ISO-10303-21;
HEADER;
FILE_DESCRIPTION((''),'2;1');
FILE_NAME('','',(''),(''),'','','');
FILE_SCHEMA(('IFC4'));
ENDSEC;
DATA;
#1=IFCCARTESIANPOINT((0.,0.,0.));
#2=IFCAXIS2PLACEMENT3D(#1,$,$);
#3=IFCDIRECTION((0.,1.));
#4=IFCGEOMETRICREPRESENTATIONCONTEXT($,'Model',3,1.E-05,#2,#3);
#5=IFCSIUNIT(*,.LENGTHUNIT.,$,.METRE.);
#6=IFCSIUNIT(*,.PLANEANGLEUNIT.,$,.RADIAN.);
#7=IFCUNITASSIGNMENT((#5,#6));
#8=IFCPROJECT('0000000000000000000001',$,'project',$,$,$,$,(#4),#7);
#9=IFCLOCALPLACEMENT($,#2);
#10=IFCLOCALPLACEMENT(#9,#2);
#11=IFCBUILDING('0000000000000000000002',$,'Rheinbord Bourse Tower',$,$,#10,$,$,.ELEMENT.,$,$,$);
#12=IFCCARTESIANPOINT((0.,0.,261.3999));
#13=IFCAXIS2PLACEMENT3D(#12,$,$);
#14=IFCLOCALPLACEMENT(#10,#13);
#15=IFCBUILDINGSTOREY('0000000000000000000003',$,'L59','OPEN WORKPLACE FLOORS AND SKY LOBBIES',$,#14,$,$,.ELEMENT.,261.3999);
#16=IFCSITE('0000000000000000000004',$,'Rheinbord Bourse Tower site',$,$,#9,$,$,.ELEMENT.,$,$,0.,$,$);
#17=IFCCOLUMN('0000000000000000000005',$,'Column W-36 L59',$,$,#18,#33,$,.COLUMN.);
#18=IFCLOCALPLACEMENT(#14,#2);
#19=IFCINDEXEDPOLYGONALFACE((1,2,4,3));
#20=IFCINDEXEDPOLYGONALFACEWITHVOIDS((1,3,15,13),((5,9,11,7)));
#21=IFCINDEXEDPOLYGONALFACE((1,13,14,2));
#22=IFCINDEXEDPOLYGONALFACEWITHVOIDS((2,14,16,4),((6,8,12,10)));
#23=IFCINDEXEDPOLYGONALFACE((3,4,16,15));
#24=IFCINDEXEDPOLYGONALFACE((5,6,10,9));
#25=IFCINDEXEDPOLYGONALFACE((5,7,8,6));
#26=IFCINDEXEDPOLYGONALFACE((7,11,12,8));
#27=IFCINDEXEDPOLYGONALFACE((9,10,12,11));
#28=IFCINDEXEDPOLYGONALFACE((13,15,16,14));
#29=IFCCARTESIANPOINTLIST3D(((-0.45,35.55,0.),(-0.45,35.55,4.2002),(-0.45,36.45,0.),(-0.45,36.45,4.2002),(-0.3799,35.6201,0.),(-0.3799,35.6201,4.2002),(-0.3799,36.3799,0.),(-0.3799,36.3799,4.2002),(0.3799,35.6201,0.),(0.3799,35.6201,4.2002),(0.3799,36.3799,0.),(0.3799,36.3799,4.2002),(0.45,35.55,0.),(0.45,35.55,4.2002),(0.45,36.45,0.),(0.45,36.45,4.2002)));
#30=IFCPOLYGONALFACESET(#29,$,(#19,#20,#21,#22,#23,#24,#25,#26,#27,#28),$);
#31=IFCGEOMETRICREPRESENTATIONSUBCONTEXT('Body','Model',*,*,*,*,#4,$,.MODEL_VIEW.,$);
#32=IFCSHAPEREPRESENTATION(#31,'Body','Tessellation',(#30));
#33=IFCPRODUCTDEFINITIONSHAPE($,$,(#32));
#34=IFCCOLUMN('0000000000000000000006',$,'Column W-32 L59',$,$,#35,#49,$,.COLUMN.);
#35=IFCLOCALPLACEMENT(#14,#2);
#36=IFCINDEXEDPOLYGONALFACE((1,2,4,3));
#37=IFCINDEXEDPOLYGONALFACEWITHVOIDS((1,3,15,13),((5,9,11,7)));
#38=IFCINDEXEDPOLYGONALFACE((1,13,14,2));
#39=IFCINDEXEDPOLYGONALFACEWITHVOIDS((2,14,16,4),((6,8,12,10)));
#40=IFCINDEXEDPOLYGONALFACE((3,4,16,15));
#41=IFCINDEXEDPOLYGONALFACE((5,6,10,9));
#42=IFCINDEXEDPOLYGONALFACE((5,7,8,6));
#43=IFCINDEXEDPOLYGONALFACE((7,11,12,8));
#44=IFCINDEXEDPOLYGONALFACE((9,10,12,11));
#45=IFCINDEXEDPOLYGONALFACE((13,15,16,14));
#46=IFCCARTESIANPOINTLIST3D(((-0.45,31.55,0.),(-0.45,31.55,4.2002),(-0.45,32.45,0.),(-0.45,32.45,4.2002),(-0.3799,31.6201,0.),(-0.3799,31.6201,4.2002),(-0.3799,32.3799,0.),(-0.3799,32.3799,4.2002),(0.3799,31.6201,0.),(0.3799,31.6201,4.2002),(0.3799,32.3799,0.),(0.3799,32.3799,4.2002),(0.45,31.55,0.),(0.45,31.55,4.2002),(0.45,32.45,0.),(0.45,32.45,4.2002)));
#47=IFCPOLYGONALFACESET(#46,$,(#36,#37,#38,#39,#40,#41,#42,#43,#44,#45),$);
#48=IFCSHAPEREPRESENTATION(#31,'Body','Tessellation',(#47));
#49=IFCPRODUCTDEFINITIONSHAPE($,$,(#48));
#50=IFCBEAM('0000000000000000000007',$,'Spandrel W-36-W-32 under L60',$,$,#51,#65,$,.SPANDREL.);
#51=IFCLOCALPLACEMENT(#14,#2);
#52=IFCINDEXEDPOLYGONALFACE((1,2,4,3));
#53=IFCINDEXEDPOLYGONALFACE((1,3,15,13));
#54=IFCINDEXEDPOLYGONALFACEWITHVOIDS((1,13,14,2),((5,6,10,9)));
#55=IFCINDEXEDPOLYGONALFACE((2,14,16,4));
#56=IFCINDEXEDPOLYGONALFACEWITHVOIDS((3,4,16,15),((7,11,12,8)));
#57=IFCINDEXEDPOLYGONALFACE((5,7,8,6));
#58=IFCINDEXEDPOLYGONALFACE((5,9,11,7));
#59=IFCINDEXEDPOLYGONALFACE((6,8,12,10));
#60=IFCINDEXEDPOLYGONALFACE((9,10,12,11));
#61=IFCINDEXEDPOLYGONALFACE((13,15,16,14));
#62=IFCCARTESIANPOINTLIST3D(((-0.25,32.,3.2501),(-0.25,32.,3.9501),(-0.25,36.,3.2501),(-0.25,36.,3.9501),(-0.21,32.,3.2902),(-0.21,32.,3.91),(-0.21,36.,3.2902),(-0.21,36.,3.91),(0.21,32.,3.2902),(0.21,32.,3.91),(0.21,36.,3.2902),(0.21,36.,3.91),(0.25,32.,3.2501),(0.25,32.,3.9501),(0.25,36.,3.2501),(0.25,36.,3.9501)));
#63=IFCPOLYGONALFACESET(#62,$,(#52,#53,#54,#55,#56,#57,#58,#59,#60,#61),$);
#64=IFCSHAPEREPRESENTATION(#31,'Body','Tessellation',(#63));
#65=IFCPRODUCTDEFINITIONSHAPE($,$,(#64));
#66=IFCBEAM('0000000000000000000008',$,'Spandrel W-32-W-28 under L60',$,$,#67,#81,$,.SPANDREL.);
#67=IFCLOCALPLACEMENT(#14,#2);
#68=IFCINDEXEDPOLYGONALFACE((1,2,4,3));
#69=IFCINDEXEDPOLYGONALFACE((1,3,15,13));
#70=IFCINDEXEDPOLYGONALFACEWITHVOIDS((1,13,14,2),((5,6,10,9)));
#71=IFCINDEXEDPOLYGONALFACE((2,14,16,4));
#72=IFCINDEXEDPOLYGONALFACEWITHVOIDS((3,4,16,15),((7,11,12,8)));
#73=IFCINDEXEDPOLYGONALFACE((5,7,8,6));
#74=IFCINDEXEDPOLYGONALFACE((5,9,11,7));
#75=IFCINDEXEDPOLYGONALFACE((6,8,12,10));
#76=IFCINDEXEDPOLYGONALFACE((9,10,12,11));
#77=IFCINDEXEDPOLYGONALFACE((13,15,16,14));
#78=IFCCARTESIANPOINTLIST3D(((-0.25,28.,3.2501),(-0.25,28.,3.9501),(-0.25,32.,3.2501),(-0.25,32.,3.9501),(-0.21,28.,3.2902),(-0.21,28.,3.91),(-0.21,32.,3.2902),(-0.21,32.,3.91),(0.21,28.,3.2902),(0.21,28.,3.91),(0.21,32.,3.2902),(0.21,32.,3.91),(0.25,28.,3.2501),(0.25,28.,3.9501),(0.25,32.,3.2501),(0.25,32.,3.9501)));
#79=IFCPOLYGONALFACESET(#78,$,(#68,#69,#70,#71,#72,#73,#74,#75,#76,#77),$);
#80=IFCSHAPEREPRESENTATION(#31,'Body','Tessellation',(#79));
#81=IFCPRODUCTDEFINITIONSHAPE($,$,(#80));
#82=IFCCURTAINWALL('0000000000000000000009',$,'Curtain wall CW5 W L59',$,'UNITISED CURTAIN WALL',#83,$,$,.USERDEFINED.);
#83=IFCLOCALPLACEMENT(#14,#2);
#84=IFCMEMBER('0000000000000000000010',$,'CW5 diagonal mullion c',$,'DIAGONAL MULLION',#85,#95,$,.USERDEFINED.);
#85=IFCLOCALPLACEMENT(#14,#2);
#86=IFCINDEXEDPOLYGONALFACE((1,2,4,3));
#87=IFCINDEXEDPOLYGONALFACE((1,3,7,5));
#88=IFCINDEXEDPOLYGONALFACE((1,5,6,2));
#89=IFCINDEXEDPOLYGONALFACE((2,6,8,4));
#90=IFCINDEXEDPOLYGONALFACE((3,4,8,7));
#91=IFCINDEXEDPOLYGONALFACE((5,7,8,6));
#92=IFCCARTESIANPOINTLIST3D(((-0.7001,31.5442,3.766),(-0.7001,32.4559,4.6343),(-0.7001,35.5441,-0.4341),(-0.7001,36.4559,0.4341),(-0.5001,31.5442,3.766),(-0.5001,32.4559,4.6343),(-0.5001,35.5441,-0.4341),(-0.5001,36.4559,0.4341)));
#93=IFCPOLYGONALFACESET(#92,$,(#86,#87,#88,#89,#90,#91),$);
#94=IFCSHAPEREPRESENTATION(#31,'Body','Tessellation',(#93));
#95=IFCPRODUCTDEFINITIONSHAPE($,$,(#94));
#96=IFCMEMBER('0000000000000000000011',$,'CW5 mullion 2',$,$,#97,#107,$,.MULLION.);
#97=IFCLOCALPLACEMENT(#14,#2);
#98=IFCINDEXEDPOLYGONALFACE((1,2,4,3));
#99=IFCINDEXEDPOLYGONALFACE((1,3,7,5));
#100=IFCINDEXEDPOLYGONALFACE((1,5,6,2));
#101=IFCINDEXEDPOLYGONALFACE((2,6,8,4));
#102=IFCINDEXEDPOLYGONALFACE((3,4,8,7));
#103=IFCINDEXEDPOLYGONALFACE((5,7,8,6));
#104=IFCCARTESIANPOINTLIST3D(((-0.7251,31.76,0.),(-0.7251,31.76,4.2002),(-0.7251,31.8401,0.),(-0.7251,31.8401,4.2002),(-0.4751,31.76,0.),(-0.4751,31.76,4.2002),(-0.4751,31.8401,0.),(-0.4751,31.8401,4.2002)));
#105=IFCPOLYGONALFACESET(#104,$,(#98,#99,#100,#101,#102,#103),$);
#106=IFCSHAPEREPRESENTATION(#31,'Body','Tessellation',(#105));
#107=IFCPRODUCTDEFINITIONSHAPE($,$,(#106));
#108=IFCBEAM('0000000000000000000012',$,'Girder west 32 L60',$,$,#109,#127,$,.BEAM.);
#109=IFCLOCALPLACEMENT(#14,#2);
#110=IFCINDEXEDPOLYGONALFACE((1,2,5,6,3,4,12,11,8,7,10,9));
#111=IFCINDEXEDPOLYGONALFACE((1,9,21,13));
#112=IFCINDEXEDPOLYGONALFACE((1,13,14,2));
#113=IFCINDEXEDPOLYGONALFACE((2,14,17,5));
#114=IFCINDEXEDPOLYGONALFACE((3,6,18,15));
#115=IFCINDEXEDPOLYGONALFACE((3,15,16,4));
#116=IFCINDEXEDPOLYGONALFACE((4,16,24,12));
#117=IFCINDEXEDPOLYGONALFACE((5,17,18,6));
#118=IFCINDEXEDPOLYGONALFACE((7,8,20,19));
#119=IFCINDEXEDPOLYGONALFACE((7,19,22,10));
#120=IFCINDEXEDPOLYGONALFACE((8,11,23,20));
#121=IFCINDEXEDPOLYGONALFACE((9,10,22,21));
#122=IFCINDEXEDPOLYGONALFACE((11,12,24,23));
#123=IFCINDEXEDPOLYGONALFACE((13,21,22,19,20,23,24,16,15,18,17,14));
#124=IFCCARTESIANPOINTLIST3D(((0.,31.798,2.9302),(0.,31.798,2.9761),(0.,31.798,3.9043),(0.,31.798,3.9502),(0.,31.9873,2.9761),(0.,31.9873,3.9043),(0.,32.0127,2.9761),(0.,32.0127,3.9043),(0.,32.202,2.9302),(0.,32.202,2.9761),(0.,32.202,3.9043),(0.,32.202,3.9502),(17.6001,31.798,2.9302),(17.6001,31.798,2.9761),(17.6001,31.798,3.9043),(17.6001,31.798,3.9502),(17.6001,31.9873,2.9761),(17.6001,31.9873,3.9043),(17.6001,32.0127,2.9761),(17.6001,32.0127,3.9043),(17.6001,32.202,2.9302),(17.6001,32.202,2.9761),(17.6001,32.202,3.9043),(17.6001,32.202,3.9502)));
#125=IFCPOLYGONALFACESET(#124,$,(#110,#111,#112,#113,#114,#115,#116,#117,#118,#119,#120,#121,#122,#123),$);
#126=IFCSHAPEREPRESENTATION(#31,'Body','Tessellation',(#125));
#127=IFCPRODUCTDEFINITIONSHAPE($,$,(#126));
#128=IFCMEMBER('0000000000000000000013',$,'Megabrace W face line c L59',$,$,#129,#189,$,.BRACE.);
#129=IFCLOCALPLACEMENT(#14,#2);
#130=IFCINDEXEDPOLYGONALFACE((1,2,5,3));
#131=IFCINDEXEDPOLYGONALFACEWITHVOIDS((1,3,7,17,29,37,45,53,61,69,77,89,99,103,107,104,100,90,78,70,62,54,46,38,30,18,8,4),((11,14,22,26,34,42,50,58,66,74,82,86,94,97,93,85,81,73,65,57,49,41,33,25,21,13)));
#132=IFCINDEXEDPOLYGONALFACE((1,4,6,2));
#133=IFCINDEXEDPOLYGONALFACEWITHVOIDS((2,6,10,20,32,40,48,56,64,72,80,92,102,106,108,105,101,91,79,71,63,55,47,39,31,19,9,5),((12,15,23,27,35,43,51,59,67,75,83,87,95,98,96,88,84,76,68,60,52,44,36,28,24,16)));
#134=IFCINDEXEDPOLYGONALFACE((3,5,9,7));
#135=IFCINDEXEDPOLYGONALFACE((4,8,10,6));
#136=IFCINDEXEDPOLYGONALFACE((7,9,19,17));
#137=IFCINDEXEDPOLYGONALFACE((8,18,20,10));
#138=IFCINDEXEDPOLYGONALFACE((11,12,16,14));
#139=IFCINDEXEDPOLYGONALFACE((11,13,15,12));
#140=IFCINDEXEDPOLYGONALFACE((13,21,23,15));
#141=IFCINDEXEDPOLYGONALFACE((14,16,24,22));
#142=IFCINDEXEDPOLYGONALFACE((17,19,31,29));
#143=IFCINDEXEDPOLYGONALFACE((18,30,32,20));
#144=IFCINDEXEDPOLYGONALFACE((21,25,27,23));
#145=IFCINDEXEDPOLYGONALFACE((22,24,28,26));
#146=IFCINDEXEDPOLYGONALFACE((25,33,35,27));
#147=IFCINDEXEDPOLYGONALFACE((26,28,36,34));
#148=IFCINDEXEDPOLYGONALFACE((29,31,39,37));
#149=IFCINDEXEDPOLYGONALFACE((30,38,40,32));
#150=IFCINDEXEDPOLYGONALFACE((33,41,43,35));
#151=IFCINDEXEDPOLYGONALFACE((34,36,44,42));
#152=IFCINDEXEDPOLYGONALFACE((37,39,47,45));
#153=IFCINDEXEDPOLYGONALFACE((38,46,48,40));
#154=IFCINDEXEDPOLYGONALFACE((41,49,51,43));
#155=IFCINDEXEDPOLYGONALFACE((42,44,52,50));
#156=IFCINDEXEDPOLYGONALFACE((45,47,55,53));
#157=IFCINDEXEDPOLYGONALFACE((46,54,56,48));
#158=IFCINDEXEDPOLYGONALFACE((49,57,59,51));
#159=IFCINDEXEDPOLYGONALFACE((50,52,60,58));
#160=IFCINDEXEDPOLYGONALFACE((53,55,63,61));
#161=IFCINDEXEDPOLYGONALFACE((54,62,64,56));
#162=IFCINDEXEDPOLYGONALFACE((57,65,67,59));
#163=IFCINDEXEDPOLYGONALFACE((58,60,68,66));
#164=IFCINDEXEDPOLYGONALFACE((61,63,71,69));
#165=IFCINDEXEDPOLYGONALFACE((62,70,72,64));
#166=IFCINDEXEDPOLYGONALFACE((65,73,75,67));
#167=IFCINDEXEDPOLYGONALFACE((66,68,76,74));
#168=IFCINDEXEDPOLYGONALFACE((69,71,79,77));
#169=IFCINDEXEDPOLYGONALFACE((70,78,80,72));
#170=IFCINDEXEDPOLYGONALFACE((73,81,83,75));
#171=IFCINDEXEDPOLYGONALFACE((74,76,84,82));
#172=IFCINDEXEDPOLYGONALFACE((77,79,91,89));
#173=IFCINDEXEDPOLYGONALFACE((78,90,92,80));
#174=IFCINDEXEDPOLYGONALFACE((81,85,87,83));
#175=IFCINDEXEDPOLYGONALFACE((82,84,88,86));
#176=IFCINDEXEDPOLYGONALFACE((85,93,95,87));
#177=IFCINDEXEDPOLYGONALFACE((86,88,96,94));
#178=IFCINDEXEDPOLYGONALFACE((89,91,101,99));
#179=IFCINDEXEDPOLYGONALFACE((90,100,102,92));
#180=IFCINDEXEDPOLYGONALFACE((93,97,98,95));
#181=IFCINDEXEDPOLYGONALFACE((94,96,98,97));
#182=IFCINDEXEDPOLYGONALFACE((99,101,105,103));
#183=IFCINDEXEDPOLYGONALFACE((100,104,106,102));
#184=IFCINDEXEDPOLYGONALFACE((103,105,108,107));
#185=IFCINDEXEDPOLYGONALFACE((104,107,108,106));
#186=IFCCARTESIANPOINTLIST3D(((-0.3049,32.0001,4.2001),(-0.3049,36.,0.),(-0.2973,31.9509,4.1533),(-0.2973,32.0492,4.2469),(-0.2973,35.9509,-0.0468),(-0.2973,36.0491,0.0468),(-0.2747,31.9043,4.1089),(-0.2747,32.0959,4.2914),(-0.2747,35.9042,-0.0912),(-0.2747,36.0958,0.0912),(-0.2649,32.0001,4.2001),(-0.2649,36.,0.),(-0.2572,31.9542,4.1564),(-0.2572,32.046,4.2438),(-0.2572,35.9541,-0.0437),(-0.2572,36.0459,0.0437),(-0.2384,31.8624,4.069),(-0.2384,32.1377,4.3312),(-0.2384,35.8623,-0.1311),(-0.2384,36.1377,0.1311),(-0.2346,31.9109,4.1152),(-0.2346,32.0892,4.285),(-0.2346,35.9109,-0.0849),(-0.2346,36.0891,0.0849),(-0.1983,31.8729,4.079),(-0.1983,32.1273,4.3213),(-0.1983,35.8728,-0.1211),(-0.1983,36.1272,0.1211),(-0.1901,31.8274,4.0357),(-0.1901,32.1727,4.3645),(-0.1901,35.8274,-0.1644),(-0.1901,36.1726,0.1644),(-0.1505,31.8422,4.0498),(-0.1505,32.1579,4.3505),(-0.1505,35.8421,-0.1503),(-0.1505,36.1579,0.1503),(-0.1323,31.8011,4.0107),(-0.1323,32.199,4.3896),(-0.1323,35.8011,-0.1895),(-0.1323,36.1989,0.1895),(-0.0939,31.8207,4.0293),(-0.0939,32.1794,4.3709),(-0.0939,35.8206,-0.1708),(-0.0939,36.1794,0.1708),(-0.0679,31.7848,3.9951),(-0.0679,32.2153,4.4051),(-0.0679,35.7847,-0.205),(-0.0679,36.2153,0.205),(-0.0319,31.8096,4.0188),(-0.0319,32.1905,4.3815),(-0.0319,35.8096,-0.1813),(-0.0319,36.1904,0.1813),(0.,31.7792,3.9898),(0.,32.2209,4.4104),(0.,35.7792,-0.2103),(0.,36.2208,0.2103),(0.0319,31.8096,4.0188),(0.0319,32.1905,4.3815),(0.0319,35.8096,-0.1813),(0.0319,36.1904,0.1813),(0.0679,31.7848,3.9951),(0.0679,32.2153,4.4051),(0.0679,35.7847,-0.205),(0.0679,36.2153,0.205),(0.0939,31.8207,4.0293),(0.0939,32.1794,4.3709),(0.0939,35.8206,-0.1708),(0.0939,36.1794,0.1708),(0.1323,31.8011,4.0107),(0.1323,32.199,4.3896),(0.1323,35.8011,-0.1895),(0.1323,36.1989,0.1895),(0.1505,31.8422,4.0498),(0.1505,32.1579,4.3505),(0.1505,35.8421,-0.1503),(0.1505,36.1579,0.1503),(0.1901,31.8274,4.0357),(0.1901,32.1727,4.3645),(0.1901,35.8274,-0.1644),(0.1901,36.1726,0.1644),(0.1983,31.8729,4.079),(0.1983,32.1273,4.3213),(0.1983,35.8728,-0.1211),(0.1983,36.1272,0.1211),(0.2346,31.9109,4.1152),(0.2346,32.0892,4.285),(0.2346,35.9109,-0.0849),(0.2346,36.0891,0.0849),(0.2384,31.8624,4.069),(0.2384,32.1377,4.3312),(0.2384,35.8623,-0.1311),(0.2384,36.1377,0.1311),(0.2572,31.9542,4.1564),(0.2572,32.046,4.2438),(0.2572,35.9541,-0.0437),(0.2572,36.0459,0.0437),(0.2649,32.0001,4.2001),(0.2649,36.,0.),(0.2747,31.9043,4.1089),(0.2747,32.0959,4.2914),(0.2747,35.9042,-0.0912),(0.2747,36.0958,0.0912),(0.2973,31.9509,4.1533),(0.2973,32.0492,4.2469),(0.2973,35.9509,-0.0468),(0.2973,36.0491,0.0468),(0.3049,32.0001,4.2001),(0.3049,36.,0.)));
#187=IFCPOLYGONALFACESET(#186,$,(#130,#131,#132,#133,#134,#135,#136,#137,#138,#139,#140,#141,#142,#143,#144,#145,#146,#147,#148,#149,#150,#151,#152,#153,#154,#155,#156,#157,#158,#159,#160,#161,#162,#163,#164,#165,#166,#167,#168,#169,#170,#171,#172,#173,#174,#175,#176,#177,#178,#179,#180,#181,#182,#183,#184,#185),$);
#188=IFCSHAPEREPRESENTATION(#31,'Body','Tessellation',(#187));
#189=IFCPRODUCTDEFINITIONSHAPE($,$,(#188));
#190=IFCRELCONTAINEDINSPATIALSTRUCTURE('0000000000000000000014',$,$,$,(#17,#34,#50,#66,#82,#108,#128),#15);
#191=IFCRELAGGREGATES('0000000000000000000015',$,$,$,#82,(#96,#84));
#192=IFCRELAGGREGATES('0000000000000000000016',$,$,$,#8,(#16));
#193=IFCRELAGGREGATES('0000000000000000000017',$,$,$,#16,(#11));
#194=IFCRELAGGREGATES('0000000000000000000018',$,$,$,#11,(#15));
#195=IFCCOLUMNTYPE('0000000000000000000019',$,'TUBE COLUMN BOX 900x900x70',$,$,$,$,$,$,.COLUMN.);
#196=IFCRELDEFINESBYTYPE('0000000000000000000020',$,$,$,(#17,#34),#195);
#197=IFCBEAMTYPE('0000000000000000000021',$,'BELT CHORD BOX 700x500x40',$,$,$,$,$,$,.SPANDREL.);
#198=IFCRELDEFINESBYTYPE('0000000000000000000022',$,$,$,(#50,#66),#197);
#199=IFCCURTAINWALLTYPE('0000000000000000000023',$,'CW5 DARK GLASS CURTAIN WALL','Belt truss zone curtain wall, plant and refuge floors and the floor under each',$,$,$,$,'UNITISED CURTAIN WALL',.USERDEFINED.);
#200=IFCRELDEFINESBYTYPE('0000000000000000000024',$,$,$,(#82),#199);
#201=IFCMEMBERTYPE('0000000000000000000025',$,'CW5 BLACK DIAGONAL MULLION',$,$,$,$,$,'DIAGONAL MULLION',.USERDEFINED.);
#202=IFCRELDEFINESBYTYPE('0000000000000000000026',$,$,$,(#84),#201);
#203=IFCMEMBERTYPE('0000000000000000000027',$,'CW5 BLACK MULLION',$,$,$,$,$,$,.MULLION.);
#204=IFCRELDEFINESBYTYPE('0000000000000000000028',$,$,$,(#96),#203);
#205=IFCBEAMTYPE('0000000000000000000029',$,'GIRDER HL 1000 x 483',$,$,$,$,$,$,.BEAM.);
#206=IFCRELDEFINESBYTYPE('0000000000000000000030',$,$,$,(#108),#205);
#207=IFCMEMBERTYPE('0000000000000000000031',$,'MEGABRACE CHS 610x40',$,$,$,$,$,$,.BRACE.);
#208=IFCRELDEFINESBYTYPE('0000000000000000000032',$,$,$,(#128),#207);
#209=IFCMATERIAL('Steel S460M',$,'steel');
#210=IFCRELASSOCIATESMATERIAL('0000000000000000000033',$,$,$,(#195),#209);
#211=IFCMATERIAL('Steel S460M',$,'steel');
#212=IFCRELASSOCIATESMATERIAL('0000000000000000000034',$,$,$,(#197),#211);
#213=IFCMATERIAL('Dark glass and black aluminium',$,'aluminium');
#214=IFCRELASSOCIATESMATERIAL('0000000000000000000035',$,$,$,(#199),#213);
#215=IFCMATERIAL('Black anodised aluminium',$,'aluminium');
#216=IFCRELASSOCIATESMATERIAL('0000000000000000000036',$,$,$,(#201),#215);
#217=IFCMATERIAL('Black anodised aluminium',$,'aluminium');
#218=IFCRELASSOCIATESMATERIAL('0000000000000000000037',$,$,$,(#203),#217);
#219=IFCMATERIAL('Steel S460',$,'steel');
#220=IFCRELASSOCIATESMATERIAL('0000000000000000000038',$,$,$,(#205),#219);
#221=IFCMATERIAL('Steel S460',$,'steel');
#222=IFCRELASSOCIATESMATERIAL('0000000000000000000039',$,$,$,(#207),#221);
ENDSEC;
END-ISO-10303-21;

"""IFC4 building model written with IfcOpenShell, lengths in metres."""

from ifc_helpers import new_model, si_unit, direction, frame, origin, origin_2d, place, context, subcontext, project, spatial, rectangle, hollow_rectangle, hollow_circle, i_section, extrude, material, material_profile, profile_set, type_object, element, aggregate, save


model = new_model("IFC4")

# Units and contexts
model_context = context("Model", 3, precision=1e-05, world=origin(), true_north=direction((0.0, 1.0)))
body_context = subcontext(model_context, "Body", "Model", "MODEL_VIEW")
ifc_project = project(units=[si_unit("LENGTHUNIT", "METRE"), si_unit("PLANEANGLEUNIT", "RADIAN")], contexts=[model_context])

# Site, building, storey
site_placement = place(None, origin())
site = spatial("IfcSite", under=ifc_project, at=site_placement, Name="Rheinbord Bourse Tower site", CompositionType="ELEMENT", RefElevation=0.0)
building_placement = place(site_placement, origin())
building = spatial("IfcBuilding", under=site, at=building_placement, Name="Rheinbord Bourse Tower", CompositionType="ELEMENT")
storey_placement = place(building_placement, frame((0.0, 0.0, 261.3999)))
storey = spatial("IfcBuildingStorey", under=building, at=storey_placement, Name="L59", Description="OPEN WORKPLACE FLOORS AND SKY LOBBIES", CompositionType="ELEMENT", Elevation=261.3999)

# Columns
ifc_material_1 = material(Name="Steel S460M", Category="steel")
ifc_material_profile_1 = material_profile(ifc_material_1, hollow_rectangle(XDim=0.8999, YDim=0.8999, WallThickness=0.0701, at=origin_2d()), Name="BOX 900x900x70")
ifc_profile_set_1 = profile_set([ifc_material_profile_1], Name="Steel S460M")
column_type = type_object("IfcColumnType", Name="TUBE COLUMN BOX 900x900x70", PredefinedType="COLUMN", material=ifc_profile_set_1)
for number, where, z_axis, x_axis, name in (
    (1, (0.0, 36.0, 0.0), (0.0, 0.0, 1.0), (1.0, 0.0, 0.0), "Column W-36 L59"),
    (2, (0.0, 32.0, 0.0), (0.0, 0.0, 1.0), (1.0, 0.0, 0.0), "Column W-32 L59"),
):
    element("IfcColumn", number, at=place(storey_placement, frame(where, z_axis=z_axis, x_axis=x_axis)), inside=storey, type_object=column_type, Name=name, PredefinedType="COLUMN", context=body_context, shape_type="SweptSolid", body=[
        extrude(hollow_rectangle(XDim=0.8999, YDim=0.8999, WallThickness=0.0701, at=origin_2d()), origin(), (0.0, 0.0, 1.0), 4.2002),
    ])

# Beams
ifc_material_2 = material(Name="Steel S460M", Category="steel")
ifc_material_profile_2 = material_profile(ifc_material_2, hollow_rectangle(XDim=0.5, YDim=0.7, WallThickness=0.04, at=origin_2d()), Name="BOX 700x500x40")
ifc_profile_set_2 = profile_set([ifc_material_profile_2], Name="Steel S460M")
beam_type_1 = type_object("IfcBeamType", Name="BELT CHORD BOX 700x500x40", PredefinedType="SPANDREL", material=ifc_profile_set_2)
for number, where, z_axis, x_axis, name in (
    (3, (0.0, 36.0, 3.6001), (0.0, -1.0, 0.0), (1.0, 0.0, 0.0), "Spandrel W-36-W-32 under L60"),
    (4, (0.0, 32.0, 3.6001), (0.0, -1.0, 0.0), (1.0, 0.0, 0.0), "Spandrel W-32-W-28 under L60"),
):
    element("IfcBeam", number, at=place(storey_placement, frame(where, z_axis=z_axis, x_axis=x_axis)), inside=storey, type_object=beam_type_1, Name=name, PredefinedType="SPANDREL", context=body_context, shape_type="SweptSolid", body=[
        extrude(hollow_rectangle(XDim=0.5, YDim=0.7, WallThickness=0.04, at=origin_2d()), origin(), (0.0, 0.0, 1.0), 4.0),
    ])

# Curtain wall, members
ifc_material_3 = material(Name="Dark glass and black aluminium", Category="aluminium")
curtain_wall_type = type_object("IfcCurtainWallType", Name="CW5 DARK GLASS CURTAIN WALL", Description="Belt truss zone curtain wall, plant and refuge floors and the floor under each", ElementType="UNITISED CURTAIN WALL", PredefinedType="USERDEFINED", material=ifc_material_3)
curtain_wall_placement = place(storey_placement, origin())
curtain_wall = element("IfcCurtainWall", 5, at=curtain_wall_placement, inside=storey, type_object=curtain_wall_type, Name="Curtain wall CW5 W L59", ObjectType="UNITISED CURTAIN WALL", PredefinedType="USERDEFINED")
ifc_material_4 = material(Name="Black anodised aluminium", Category="aluminium")
ifc_material_profile_3 = material_profile(ifc_material_4, rectangle(XDim=0.2, YDim=1.259, at=origin_2d()), Name="CW5 DIAGONAL MULLION 1259x200")
ifc_profile_set_3 = profile_set([ifc_material_profile_3], Name="Black anodised aluminium")
member_type_1 = type_object("IfcMemberType", Name="CW5 BLACK DIAGONAL MULLION", ElementType="DIAGONAL MULLION", PredefinedType="USERDEFINED", material=ifc_profile_set_3)
member_1_placement = place(storey_placement, frame((-0.6001, 36.0, 0.0), z_axis=(0.0, -0.689638, 0.724154), x_axis=(1.0, 0.0, 0.0)))
member_1 = element("IfcMember", 6, at=member_1_placement, type_object=member_type_1, Name="CW5 diagonal mullion c", ObjectType="DIAGONAL MULLION", PredefinedType="USERDEFINED", context=body_context, shape_type="SweptSolid", body=[
    extrude(rectangle(XDim=0.2, YDim=1.259, at=origin_2d()), origin(), (0.0, 0.0, 1.0), 5.8),
])
ifc_material_5 = material(Name="Black anodised aluminium", Category="aluminium")
ifc_material_profile_4 = material_profile(ifc_material_5, rectangle(XDim=0.25, YDim=0.0801, at=origin_2d()), Name="CW5 MULLION 80x250")
ifc_profile_set_4 = profile_set([ifc_material_profile_4], Name="Black anodised aluminium")
member_type_2 = type_object("IfcMemberType", Name="CW5 BLACK MULLION", PredefinedType="MULLION", material=ifc_profile_set_4)
member_2_placement = place(storey_placement, frame((-0.6001, 31.8, 0.0), z_axis=(0.0, 0.0, 1.0), x_axis=(1.0, 0.0, 0.0)))
member_2 = element("IfcMember", 7, at=member_2_placement, type_object=member_type_2, Name="CW5 mullion 2", PredefinedType="MULLION", context=body_context, shape_type="SweptSolid", body=[
    extrude(rectangle(XDim=0.25, YDim=0.0801, at=origin_2d()), origin(), (0.0, 0.0, 1.0), 4.2002),
])

# Beam
ifc_material_6 = material(Name="Steel S460", Category="steel")
ifc_material_profile_5 = material_profile(ifc_material_6, i_section(OverallWidth=0.4041, OverallDepth=1.02, WebThickness=0.0254, FlangeThickness=0.0459, at=origin_2d()), Name="HL 1000 x 483")
ifc_profile_set_5 = profile_set([ifc_material_profile_5], Name="Steel S460")
beam_type_2 = type_object("IfcBeamType", Name="GIRDER HL 1000 x 483", PredefinedType="BEAM", material=ifc_profile_set_5)
beam_placement = place(storey_placement, frame((0.0, 32.0, 3.4402), z_axis=(1.0, 0.0, 0.0), x_axis=(0.0, 1.0, 0.0)))
element("IfcBeam", 8, at=beam_placement, inside=storey, type_object=beam_type_2, Name="Girder west 32 L60", PredefinedType="BEAM", context=body_context, shape_type="SweptSolid", body=[
    extrude(i_section(OverallWidth=0.4041, OverallDepth=1.02, WebThickness=0.0254, FlangeThickness=0.0459, at=origin_2d()), origin(), (0.0, 0.0, 1.0), 17.6001),
])

# Member
ifc_material_7 = material(Name="Steel S460", Category="steel")
ifc_material_profile_6 = material_profile(ifc_material_7, hollow_circle(Radius=0.3049, WallThickness=0.04, at=origin_2d()), Name="CHS 610x40")
ifc_profile_set_6 = profile_set([ifc_material_profile_6], Name="Steel S460")
member_type_3 = type_object("IfcMemberType", Name="MEGABRACE CHS 610x40", PredefinedType="BRACE", material=ifc_profile_set_6)
member_3_placement = place(storey_placement, frame((0.0, 36.0, 0.0), z_axis=(0.0, -0.689638, 0.724154), x_axis=(1.0, 0.0, 0.0)))
element("IfcMember", 9, at=member_3_placement, inside=storey, type_object=member_type_3, Name="Megabrace W face line c L59", PredefinedType="BRACE", context=body_context, shape_type="SweptSolid", body=[
    extrude(hollow_circle(Radius=0.3049, WallThickness=0.04, at=origin_2d()), origin(), (0.0, 0.0, 1.0), 5.8),
])

aggregate(curtain_wall, [member_2, member_1])

save(model, "model.ifc")
